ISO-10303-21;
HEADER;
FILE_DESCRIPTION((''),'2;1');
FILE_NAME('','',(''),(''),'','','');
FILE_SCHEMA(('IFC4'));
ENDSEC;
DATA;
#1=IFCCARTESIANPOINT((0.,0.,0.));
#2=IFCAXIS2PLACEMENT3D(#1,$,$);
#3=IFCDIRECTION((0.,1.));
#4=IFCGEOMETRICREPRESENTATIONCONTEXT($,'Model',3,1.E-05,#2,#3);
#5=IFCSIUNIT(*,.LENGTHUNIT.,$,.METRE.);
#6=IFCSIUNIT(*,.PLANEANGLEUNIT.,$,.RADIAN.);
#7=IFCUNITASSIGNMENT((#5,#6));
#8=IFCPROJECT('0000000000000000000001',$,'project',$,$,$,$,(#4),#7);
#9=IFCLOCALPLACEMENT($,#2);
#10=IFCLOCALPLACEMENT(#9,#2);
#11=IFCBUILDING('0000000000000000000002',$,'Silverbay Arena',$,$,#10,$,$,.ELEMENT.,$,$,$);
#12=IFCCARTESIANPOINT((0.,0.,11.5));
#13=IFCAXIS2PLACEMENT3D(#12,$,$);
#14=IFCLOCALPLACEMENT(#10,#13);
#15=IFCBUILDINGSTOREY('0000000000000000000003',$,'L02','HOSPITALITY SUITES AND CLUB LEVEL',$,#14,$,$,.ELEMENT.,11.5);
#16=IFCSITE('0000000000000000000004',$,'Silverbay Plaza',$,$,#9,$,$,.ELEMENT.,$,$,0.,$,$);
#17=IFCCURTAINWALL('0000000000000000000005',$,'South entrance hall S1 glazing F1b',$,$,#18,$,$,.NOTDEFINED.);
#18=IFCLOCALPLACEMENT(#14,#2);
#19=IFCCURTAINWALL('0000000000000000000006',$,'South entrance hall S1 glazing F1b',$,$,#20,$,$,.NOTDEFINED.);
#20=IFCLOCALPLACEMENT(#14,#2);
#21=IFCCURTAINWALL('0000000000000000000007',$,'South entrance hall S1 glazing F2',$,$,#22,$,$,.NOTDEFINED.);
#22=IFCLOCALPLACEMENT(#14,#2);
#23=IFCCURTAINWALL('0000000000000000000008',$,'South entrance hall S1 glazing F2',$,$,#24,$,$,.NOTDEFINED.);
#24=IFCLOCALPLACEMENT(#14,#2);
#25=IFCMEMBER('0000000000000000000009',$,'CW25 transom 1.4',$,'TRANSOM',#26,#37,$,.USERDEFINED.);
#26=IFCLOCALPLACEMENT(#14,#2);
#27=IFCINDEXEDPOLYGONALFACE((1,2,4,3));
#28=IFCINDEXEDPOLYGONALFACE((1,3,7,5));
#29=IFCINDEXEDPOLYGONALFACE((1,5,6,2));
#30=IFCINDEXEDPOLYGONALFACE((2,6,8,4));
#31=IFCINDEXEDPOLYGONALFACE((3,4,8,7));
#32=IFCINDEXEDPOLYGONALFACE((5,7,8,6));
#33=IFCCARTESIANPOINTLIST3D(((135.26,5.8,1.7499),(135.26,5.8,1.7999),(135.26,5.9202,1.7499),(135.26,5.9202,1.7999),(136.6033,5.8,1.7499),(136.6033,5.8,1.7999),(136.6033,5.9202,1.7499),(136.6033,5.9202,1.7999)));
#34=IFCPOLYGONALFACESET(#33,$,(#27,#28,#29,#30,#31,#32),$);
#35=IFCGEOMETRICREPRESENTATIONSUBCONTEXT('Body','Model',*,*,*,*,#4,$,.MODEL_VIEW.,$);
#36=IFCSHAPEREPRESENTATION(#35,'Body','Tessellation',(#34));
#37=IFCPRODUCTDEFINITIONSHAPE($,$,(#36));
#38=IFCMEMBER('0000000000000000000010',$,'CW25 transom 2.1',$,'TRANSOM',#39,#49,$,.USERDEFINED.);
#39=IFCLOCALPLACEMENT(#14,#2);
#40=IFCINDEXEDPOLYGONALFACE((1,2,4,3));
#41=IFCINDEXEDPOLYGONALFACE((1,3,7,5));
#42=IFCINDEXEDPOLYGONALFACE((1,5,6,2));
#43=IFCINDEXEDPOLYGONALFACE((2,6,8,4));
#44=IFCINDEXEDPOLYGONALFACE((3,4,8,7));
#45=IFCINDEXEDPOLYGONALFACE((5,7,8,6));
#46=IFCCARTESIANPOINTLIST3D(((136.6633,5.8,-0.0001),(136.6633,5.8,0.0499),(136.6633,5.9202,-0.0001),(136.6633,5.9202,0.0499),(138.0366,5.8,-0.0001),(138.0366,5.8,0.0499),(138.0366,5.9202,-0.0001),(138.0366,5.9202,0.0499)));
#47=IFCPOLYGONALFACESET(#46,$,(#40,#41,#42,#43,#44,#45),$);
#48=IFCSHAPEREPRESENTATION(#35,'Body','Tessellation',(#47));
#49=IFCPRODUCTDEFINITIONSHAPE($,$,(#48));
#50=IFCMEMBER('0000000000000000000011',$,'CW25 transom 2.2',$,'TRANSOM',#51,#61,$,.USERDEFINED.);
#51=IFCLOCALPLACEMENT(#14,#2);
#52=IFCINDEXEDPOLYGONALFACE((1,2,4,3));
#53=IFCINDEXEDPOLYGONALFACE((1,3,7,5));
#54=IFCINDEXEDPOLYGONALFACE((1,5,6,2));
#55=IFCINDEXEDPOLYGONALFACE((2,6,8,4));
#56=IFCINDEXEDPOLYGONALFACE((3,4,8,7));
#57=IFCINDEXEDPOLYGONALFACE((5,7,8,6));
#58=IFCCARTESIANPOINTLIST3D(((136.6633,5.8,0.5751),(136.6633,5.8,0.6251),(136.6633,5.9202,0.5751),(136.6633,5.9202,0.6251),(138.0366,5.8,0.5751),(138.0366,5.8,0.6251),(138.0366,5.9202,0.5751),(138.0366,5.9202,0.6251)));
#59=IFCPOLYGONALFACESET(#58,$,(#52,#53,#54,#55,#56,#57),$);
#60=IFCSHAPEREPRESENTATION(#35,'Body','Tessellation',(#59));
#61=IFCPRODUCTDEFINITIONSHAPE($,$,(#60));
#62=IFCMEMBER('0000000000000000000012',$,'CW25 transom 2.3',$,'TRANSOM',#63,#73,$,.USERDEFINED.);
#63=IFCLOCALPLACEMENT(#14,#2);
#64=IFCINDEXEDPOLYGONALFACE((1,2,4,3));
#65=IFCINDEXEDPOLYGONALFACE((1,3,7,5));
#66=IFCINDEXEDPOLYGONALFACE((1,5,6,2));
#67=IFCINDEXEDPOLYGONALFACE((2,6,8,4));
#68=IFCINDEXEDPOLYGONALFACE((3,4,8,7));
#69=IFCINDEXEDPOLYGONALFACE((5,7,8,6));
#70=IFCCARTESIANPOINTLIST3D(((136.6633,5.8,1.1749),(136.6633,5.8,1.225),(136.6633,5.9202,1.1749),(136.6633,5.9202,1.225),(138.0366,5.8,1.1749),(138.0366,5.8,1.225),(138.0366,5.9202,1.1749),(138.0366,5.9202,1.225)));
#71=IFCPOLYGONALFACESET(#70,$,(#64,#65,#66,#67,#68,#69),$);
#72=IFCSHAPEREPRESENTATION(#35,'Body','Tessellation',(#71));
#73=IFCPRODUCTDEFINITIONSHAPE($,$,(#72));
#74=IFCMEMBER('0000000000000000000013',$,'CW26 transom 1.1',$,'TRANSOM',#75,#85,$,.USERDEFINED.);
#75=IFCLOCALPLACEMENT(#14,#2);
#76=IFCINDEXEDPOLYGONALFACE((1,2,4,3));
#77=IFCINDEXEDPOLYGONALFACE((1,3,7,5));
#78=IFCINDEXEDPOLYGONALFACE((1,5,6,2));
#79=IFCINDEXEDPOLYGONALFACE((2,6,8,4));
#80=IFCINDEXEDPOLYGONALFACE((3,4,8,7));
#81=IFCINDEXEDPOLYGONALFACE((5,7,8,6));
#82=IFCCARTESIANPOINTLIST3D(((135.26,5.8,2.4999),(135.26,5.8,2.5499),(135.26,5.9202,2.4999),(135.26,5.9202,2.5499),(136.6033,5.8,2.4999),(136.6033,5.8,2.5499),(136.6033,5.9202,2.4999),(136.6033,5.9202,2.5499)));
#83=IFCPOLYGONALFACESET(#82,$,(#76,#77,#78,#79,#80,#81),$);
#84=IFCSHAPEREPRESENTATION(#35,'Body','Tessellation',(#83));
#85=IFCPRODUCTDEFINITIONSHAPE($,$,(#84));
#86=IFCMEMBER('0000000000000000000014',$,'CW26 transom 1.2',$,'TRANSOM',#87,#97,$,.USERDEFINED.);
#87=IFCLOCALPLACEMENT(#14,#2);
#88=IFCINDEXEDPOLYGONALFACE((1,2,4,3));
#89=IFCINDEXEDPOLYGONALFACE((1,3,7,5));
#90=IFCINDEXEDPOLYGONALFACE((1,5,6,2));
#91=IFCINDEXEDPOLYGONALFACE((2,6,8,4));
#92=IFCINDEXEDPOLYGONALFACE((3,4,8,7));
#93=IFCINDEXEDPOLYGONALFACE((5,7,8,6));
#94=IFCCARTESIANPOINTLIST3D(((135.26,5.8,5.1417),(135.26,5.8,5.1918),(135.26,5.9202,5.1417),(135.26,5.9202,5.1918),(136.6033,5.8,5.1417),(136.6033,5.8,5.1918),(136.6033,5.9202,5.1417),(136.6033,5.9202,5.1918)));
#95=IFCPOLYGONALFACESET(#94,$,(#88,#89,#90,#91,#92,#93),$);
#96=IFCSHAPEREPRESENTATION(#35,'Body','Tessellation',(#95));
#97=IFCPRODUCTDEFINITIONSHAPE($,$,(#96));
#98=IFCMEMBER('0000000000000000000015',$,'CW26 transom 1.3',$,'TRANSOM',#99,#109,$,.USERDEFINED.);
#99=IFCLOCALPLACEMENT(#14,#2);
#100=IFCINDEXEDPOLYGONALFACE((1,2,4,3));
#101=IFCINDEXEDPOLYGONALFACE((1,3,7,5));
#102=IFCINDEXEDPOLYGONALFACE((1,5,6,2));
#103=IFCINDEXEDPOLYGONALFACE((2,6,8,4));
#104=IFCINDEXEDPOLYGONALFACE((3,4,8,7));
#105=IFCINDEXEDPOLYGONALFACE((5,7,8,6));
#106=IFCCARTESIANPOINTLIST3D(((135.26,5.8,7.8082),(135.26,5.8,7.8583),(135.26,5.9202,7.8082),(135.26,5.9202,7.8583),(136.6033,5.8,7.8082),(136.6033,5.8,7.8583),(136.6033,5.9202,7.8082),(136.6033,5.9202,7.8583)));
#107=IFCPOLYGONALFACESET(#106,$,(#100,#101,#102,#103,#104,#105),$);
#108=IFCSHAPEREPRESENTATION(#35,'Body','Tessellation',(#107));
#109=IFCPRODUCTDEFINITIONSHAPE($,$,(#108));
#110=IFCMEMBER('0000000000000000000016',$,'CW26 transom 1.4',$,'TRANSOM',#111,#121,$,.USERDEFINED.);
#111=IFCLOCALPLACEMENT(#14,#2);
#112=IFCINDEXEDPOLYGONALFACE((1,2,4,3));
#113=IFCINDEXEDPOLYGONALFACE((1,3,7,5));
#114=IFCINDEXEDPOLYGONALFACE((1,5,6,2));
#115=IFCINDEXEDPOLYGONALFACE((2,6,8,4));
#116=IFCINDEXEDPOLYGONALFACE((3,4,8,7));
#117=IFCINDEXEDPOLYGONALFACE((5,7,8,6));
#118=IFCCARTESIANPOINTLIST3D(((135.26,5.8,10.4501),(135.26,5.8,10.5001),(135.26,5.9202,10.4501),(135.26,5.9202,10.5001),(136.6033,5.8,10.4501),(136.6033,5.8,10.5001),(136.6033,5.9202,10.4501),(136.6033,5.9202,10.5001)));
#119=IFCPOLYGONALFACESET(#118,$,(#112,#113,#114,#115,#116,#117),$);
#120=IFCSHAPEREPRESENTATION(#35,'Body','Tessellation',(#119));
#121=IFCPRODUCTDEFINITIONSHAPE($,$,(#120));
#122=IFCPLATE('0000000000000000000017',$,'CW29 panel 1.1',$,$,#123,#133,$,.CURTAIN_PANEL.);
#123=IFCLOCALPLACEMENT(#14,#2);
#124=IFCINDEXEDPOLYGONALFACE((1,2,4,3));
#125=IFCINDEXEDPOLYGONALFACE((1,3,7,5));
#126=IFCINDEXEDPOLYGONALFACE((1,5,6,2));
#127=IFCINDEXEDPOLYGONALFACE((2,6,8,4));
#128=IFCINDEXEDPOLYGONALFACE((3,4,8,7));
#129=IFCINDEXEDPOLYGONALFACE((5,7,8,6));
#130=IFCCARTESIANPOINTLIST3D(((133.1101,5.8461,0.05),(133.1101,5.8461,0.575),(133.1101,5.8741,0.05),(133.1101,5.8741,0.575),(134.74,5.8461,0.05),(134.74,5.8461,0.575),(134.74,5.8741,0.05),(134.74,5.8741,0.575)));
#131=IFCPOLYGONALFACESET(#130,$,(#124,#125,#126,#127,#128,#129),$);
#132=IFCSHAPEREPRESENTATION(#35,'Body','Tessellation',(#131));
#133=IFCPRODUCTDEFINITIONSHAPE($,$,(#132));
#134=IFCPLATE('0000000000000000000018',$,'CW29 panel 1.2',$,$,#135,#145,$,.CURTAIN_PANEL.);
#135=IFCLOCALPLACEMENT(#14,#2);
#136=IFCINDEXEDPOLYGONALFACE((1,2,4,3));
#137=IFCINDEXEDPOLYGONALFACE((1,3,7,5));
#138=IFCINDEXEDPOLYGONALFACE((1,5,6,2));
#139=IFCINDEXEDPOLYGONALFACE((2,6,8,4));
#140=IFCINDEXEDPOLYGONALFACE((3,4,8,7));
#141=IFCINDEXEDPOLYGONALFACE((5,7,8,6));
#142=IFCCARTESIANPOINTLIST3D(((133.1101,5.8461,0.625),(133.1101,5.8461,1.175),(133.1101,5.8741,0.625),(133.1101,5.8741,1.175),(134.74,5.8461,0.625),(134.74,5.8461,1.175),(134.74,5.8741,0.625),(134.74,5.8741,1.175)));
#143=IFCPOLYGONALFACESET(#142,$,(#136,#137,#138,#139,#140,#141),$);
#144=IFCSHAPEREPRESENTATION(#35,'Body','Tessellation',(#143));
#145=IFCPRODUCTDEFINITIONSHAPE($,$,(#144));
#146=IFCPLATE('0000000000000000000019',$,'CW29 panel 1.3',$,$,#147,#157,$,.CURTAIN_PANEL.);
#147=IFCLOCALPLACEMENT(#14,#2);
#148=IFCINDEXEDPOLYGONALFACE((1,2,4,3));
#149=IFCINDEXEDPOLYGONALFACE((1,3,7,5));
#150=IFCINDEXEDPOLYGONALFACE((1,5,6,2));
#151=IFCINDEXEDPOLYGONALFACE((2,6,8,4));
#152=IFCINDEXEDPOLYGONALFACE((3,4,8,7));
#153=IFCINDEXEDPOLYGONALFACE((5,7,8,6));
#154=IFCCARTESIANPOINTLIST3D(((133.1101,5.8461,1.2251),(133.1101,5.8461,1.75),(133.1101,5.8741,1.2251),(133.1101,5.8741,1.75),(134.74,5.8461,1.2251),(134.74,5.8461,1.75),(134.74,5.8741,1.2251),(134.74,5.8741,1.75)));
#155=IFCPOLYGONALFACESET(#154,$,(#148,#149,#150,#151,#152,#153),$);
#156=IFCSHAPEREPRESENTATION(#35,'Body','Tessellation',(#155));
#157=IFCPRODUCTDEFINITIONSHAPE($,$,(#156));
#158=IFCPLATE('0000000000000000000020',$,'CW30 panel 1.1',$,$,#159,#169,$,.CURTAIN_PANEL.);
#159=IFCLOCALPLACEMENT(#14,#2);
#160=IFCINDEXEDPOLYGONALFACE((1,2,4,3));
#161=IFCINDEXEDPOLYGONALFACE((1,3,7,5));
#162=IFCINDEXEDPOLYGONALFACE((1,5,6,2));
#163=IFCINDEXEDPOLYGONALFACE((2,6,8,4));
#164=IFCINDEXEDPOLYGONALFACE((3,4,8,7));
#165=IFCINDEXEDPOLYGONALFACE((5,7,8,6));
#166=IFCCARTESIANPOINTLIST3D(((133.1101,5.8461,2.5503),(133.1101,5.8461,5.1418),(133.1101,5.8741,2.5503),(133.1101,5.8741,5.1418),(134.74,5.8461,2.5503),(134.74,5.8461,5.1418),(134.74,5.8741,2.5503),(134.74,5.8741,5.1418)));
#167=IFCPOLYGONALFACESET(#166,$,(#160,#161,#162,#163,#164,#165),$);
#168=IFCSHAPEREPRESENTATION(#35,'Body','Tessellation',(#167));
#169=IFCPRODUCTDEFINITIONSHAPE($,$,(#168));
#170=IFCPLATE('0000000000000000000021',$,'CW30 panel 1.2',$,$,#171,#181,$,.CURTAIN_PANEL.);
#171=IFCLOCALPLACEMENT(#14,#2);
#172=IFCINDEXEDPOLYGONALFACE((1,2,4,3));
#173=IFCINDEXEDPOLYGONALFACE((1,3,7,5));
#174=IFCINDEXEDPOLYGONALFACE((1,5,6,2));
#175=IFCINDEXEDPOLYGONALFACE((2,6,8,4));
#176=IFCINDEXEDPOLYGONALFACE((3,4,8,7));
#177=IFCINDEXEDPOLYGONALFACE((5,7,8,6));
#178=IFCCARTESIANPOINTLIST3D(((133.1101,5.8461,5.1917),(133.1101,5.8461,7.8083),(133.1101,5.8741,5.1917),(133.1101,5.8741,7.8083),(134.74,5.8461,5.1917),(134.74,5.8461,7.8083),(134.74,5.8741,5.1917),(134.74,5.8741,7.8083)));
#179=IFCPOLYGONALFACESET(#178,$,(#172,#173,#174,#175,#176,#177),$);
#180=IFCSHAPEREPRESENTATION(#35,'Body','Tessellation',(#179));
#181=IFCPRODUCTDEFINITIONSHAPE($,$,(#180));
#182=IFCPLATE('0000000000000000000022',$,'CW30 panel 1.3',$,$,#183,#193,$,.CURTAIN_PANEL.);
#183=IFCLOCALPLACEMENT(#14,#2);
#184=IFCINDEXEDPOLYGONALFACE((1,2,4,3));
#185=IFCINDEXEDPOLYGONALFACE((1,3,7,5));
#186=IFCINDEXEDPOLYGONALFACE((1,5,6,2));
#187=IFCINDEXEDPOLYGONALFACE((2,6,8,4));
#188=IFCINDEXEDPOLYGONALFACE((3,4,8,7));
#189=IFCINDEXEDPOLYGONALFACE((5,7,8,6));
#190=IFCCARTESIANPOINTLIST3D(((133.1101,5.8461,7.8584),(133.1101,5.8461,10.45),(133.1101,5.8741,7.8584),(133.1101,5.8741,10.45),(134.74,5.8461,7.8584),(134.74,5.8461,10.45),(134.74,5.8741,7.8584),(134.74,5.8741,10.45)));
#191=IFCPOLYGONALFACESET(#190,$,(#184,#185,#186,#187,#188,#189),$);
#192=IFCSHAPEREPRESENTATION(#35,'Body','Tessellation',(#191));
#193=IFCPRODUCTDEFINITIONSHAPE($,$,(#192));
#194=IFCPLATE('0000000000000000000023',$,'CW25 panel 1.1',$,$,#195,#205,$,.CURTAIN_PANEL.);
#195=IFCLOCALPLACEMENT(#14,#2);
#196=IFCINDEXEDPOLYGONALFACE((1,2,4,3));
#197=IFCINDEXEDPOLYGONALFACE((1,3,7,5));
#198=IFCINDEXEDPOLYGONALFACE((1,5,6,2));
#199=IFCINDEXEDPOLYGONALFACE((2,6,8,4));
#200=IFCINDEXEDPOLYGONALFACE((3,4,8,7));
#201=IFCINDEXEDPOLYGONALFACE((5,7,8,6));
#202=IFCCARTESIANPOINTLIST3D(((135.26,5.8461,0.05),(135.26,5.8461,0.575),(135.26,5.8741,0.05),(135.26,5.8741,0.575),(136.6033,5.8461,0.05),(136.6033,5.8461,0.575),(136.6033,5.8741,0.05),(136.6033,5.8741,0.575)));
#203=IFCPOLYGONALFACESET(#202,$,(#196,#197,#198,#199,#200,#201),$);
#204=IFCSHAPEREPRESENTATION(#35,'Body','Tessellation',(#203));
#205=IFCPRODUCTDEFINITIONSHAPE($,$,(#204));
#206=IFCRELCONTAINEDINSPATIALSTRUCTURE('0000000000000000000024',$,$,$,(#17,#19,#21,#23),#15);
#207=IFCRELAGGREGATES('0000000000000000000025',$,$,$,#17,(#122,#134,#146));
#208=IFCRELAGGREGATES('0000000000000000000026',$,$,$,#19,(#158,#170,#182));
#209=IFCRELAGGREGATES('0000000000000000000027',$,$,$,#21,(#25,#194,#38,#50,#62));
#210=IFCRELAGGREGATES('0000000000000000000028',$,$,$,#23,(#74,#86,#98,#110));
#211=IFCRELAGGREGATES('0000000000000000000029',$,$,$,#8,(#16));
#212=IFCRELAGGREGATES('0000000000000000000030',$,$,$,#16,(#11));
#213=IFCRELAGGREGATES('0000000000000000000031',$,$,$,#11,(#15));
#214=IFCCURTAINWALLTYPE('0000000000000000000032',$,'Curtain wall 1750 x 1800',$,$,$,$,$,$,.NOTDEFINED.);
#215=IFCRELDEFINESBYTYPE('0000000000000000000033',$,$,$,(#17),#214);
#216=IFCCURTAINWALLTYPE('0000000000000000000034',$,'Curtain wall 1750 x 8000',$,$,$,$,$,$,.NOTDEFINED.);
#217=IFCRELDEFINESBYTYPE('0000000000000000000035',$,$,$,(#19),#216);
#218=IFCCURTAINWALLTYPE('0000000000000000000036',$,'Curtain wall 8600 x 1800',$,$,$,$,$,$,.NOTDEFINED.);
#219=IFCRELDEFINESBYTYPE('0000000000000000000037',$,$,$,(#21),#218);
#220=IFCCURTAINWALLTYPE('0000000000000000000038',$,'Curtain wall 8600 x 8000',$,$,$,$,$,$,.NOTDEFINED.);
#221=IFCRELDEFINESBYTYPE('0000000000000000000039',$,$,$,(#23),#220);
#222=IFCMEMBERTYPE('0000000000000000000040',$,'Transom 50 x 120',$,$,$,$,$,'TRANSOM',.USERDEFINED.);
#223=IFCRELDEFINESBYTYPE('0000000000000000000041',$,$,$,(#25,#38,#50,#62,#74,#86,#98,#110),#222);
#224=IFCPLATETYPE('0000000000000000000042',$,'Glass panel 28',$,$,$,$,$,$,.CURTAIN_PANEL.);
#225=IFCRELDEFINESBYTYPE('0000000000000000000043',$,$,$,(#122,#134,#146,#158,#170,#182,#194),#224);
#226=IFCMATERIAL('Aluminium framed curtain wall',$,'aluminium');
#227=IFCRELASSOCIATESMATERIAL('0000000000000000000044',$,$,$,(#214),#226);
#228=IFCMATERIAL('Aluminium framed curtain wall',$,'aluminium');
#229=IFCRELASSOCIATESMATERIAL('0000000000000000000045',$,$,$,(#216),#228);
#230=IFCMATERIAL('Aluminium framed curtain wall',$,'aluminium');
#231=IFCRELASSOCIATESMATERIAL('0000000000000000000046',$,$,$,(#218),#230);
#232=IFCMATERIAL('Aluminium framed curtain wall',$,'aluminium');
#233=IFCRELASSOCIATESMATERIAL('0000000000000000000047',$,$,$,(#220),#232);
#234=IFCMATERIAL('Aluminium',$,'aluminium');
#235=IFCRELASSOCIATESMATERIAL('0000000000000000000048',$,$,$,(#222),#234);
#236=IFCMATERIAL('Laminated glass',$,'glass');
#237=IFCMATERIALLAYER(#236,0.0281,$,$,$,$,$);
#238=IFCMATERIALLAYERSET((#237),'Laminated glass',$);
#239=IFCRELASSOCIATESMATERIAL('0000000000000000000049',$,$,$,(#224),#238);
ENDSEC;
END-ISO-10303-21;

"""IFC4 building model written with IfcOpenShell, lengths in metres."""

from ifc_helpers import new_model, si_unit, direction, frame, origin, origin_2d, place, context, subcontext, project, spatial, rectangle, extrude, material, layer, layer_set, material_profile, profile_set, type_object, element, aggregate, save


model = new_model("IFC4")

# Units and contexts
model_context = context("Model", 3, precision=1e-05, world=origin(), true_north=direction((0.0, 1.0)))
body_context = subcontext(model_context, "Body", "Model", "MODEL_VIEW")
ifc_project = project(units=[si_unit("LENGTHUNIT", "METRE"), si_unit("PLANEANGLEUNIT", "RADIAN")], contexts=[model_context])

# Site, building, storey
site_placement = place(None, origin())
site = spatial("IfcSite", under=ifc_project, at=site_placement, Name="Silverbay Plaza", CompositionType="ELEMENT", RefElevation=0.0)
building_placement = place(site_placement, origin())
building = spatial("IfcBuilding", under=site, at=building_placement, Name="Silverbay Arena", CompositionType="ELEMENT")
storey_placement = place(building_placement, frame((0.0, 0.0, 11.5)))
storey = spatial("IfcBuildingStorey", under=building, at=storey_placement, Name="L02", Description="HOSPITALITY SUITES AND CLUB LEVEL", CompositionType="ELEMENT", Elevation=11.5)

# Curtain walls
ifc_material_1 = material(Name="Aluminium framed curtain wall", Category="aluminium")
curtain_wall_type_1 = type_object("IfcCurtainWallType", Name="Curtain wall 1750 x 1800", PredefinedType="NOTDEFINED", material=ifc_material_1)
curtain_wall_1_placement = place(storey_placement, origin())
curtain_wall_1 = element("IfcCurtainWall", 1, at=curtain_wall_1_placement, inside=storey, type_object=curtain_wall_type_1, Name="South entrance hall S1 glazing F1b", PredefinedType="NOTDEFINED")
ifc_material_2 = material(Name="Aluminium framed curtain wall", Category="aluminium")
curtain_wall_type_2 = type_object("IfcCurtainWallType", Name="Curtain wall 1750 x 8000", PredefinedType="NOTDEFINED", material=ifc_material_2)
curtain_wall_2_placement = place(storey_placement, origin())
curtain_wall_2 = element("IfcCurtainWall", 2, at=curtain_wall_2_placement, inside=storey, type_object=curtain_wall_type_2, Name="South entrance hall S1 glazing F1b", PredefinedType="NOTDEFINED")

# Curtain walls
ifc_material_3 = material(Name="Aluminium framed curtain wall", Category="aluminium")
curtain_wall_type_3 = type_object("IfcCurtainWallType", Name="Curtain wall 8600 x 1800", PredefinedType="NOTDEFINED", material=ifc_material_3)
curtain_wall_3_placement = place(storey_placement, origin())
curtain_wall_3 = element("IfcCurtainWall", 3, at=curtain_wall_3_placement, inside=storey, type_object=curtain_wall_type_3, Name="South entrance hall S1 glazing F2", PredefinedType="NOTDEFINED")
ifc_material_4 = material(Name="Aluminium framed curtain wall", Category="aluminium")
curtain_wall_type_4 = type_object("IfcCurtainWallType", Name="Curtain wall 8600 x 8000", PredefinedType="NOTDEFINED", material=ifc_material_4)
curtain_wall_4_placement = place(storey_placement, origin())
curtain_wall_4 = element("IfcCurtainWall", 4, at=curtain_wall_4_placement, inside=storey, type_object=curtain_wall_type_4, Name="South entrance hall S1 glazing F2", PredefinedType="NOTDEFINED")

# Members
ifc_material_5 = material(Name="Aluminium", Category="aluminium")
ifc_material_profile_1 = material_profile(ifc_material_5, rectangle(XDim=0.1201, YDim=0.05, at=origin_2d()), Name="Transom 50 x 120")
ifc_profile_set_1 = profile_set([ifc_material_profile_1], Name="Aluminium")
member_type_1 = type_object("IfcMemberType", Name="Transom 50 x 120", ElementType="TRANSOM", PredefinedType="USERDEFINED", material=ifc_profile_set_1)
member_1_placement = place(storey_placement, frame((135.26, 5.8601, 1.7749), z_axis=(1.0, 0.0, 0.0), x_axis=(0.0, 1.0, 0.0)))
member_1 = element("IfcMember", 5, at=member_1_placement, type_object=member_type_1, Name="CW25 transom 1.4", ObjectType="TRANSOM", PredefinedType="USERDEFINED", context=body_context, shape_type="SweptSolid", body=[
    extrude(rectangle(XDim=0.1201, YDim=0.05, at=origin_2d()), origin(), (0.0, 0.0, 1.0), 1.3433),
])
member_2_placement = place(storey_placement, frame((136.6633, 5.8601, 0.0249), z_axis=(1.0, 0.0, 0.0), x_axis=(0.0, 1.0, 0.0)))
member_2 = element("IfcMember", 6, at=member_2_placement, type_object=member_type_1, Name="CW25 transom 2.1", ObjectType="TRANSOM", PredefinedType="USERDEFINED", context=body_context, shape_type="SweptSolid", body=[
    extrude(rectangle(XDim=0.1201, YDim=0.05, at=origin_2d()), origin(), (0.0, 0.0, 1.0), 1.3733),
])
member_3_placement = place(storey_placement, frame((136.6633, 5.8601, 0.6001), z_axis=(1.0, 0.0, 0.0), x_axis=(0.0, 1.0, 0.0)))
member_3 = element("IfcMember", 7, at=member_3_placement, type_object=member_type_1, Name="CW25 transom 2.2", ObjectType="TRANSOM", PredefinedType="USERDEFINED", context=body_context, shape_type="SweptSolid", body=[
    extrude(rectangle(XDim=0.1201, YDim=0.05, at=origin_2d()), origin(), (0.0, 0.0, 1.0), 1.3733),
])
member_4_placement = place(storey_placement, frame((136.6633, 5.8601, 1.2), z_axis=(1.0, 0.0, 0.0), x_axis=(0.0, 1.0, 0.0)))
member_4 = element("IfcMember", 8, at=member_4_placement, type_object=member_type_1, Name="CW25 transom 2.3", ObjectType="TRANSOM", PredefinedType="USERDEFINED", context=body_context, shape_type="SweptSolid", body=[
    extrude(rectangle(XDim=0.1201, YDim=0.05, at=origin_2d()), origin(), (0.0, 0.0, 1.0), 1.3733),
])
member_5_placement = place(storey_placement, frame((135.26, 5.8601, 2.5249), z_axis=(1.0, 0.0, 0.0), x_axis=(0.0, 1.0, 0.0)))
member_5 = element("IfcMember", 9, at=member_5_placement, type_object=member_type_1, Name="CW26 transom 1.1", ObjectType="TRANSOM", PredefinedType="USERDEFINED", context=body_context, shape_type="SweptSolid", body=[
    extrude(rectangle(XDim=0.1201, YDim=0.05, at=origin_2d()), origin(), (0.0, 0.0, 1.0), 1.3433),
])
member_6_placement = place(storey_placement, frame((135.26, 5.8601, 5.1667), z_axis=(1.0, 0.0, 0.0), x_axis=(0.0, 1.0, 0.0)))
member_6 = element("IfcMember", 10, at=member_6_placement, type_object=member_type_1, Name="CW26 transom 1.2", ObjectType="TRANSOM", PredefinedType="USERDEFINED", context=body_context, shape_type="SweptSolid", body=[
    extrude(rectangle(XDim=0.1201, YDim=0.05, at=origin_2d()), origin(), (0.0, 0.0, 1.0), 1.3433),
])
member_7_placement = place(storey_placement, frame((135.26, 5.8601, 7.8333), z_axis=(1.0, 0.0, 0.0), x_axis=(0.0, 1.0, 0.0)))
member_7 = element("IfcMember", 11, at=member_7_placement, type_object=member_type_1, Name="CW26 transom 1.3", ObjectType="TRANSOM", PredefinedType="USERDEFINED", context=body_context, shape_type="SweptSolid", body=[
    extrude(rectangle(XDim=0.1201, YDim=0.05, at=origin_2d()), origin(), (0.0, 0.0, 1.0), 1.3433),
])
member_8_placement = place(storey_placement, frame((135.26, 5.8601, 10.4751), z_axis=(1.0, 0.0, 0.0), x_axis=(0.0, 1.0, 0.0)))
member_8 = element("IfcMember", 12, at=member_8_placement, type_object=member_type_1, Name="CW26 transom 1.4", ObjectType="TRANSOM", PredefinedType="USERDEFINED", context=body_context, shape_type="SweptSolid", body=[
    extrude(rectangle(XDim=0.1201, YDim=0.05, at=origin_2d()), origin(), (0.0, 0.0, 1.0), 1.3433),
])

# Plates
ifc_material_6 = material(Name="Laminated glass", Category="glass")
ifc_layer = layer(ifc_material_6, 0.0281)
ifc_layer_set = layer_set([ifc_layer], Name="Laminated glass")
plate_type = type_object("IfcPlateType", Name="Glass panel 28", PredefinedType="CURTAIN_PANEL", material=ifc_layer_set)
plate_1_placement = place(storey_placement, frame((133.925, 5.8601, 0.05), z_axis=(0.0, 0.0, 1.0), x_axis=(1.0, 0.0, 0.0)))
plate_1 = element("IfcPlate", 13, at=plate_1_placement, type_object=plate_type, Name="CW29 panel 1.1", PredefinedType="CURTAIN_PANEL", context=body_context, shape_type="SweptSolid", body=[
    extrude(rectangle(XDim=1.6299, YDim=0.0281, at=origin_2d()), origin(), (0.0, 0.0, 1.0), 0.5249),
])
plate_2_placement = place(storey_placement, frame((133.925, 5.8601, 0.625), z_axis=(0.0, 0.0, 1.0), x_axis=(1.0, 0.0, 0.0)))
plate_2 = element("IfcPlate", 14, at=plate_2_placement, type_object=plate_type, Name="CW29 panel 1.2", PredefinedType="CURTAIN_PANEL", context=body_context, shape_type="SweptSolid", body=[
    extrude(rectangle(XDim=1.6299, YDim=0.0281, at=origin_2d()), origin(), (0.0, 0.0, 1.0), 0.55),
])
plate_3_placement = place(storey_placement, frame((133.925, 5.8601, 1.2251), z_axis=(0.0, 0.0, 1.0), x_axis=(1.0, 0.0, 0.0)))
plate_3 = element("IfcPlate", 15, at=plate_3_placement, type_object=plate_type, Name="CW29 panel 1.3", PredefinedType="CURTAIN_PANEL", context=body_context, shape_type="SweptSolid", body=[
    extrude(rectangle(XDim=1.6299, YDim=0.0281, at=origin_2d()), origin(), (0.0, 0.0, 1.0), 0.5249),
])
aggregate(curtain_wall_1, [plate_1, plate_2, plate_3])
plate_4_placement = place(storey_placement, frame((133.925, 5.8601, 2.5503), z_axis=(0.0, 0.0, 1.0), x_axis=(1.0, 0.0, 0.0)))
plate_4 = element("IfcPlate", 16, at=plate_4_placement, type_object=plate_type, Name="CW30 panel 1.1", PredefinedType="CURTAIN_PANEL", context=body_context, shape_type="SweptSolid", body=[
    extrude(rectangle(XDim=1.6299, YDim=0.0281, at=origin_2d()), origin(), (0.0, 0.0, 1.0), 2.5916),
])
plate_5_placement = place(storey_placement, frame((133.925, 5.8601, 5.1917), z_axis=(0.0, 0.0, 1.0), x_axis=(1.0, 0.0, 0.0)))
plate_5 = element("IfcPlate", 17, at=plate_5_placement, type_object=plate_type, Name="CW30 panel 1.2", PredefinedType="CURTAIN_PANEL", context=body_context, shape_type="SweptSolid", body=[
    extrude(rectangle(XDim=1.6299, YDim=0.0281, at=origin_2d()), origin(), (0.0, 0.0, 1.0), 2.6167),
])
plate_6_placement = place(storey_placement, frame((133.925, 5.8601, 7.8584), z_axis=(0.0, 0.0, 1.0), x_axis=(1.0, 0.0, 0.0)))
plate_6 = element("IfcPlate", 18, at=plate_6_placement, type_object=plate_type, Name="CW30 panel 1.3", PredefinedType="CURTAIN_PANEL", context=body_context, shape_type="SweptSolid", body=[
    extrude(rectangle(XDim=1.6299, YDim=0.0281, at=origin_2d()), origin(), (0.0, 0.0, 1.0), 2.5916),
])
aggregate(curtain_wall_2, [plate_4, plate_5, plate_6])
plate_7_placement = place(storey_placement, frame((135.9316, 5.8601, 0.05), z_axis=(0.0, 0.0, 1.0), x_axis=(1.0, 0.0, 0.0)))
plate_7 = element("IfcPlate", 19, at=plate_7_placement, type_object=plate_type, Name="CW25 panel 1.1", PredefinedType="CURTAIN_PANEL", context=body_context, shape_type="SweptSolid", body=[
    extrude(rectangle(XDim=1.3433, YDim=0.0281, at=origin_2d()), origin(), (0.0, 0.0, 1.0), 0.5249),
])
aggregate(curtain_wall_3, [member_1, plate_7, member_2, member_3, member_4])
aggregate(curtain_wall_4, [member_5, member_6, member_7, member_8])

save(model, "model.ifc")
